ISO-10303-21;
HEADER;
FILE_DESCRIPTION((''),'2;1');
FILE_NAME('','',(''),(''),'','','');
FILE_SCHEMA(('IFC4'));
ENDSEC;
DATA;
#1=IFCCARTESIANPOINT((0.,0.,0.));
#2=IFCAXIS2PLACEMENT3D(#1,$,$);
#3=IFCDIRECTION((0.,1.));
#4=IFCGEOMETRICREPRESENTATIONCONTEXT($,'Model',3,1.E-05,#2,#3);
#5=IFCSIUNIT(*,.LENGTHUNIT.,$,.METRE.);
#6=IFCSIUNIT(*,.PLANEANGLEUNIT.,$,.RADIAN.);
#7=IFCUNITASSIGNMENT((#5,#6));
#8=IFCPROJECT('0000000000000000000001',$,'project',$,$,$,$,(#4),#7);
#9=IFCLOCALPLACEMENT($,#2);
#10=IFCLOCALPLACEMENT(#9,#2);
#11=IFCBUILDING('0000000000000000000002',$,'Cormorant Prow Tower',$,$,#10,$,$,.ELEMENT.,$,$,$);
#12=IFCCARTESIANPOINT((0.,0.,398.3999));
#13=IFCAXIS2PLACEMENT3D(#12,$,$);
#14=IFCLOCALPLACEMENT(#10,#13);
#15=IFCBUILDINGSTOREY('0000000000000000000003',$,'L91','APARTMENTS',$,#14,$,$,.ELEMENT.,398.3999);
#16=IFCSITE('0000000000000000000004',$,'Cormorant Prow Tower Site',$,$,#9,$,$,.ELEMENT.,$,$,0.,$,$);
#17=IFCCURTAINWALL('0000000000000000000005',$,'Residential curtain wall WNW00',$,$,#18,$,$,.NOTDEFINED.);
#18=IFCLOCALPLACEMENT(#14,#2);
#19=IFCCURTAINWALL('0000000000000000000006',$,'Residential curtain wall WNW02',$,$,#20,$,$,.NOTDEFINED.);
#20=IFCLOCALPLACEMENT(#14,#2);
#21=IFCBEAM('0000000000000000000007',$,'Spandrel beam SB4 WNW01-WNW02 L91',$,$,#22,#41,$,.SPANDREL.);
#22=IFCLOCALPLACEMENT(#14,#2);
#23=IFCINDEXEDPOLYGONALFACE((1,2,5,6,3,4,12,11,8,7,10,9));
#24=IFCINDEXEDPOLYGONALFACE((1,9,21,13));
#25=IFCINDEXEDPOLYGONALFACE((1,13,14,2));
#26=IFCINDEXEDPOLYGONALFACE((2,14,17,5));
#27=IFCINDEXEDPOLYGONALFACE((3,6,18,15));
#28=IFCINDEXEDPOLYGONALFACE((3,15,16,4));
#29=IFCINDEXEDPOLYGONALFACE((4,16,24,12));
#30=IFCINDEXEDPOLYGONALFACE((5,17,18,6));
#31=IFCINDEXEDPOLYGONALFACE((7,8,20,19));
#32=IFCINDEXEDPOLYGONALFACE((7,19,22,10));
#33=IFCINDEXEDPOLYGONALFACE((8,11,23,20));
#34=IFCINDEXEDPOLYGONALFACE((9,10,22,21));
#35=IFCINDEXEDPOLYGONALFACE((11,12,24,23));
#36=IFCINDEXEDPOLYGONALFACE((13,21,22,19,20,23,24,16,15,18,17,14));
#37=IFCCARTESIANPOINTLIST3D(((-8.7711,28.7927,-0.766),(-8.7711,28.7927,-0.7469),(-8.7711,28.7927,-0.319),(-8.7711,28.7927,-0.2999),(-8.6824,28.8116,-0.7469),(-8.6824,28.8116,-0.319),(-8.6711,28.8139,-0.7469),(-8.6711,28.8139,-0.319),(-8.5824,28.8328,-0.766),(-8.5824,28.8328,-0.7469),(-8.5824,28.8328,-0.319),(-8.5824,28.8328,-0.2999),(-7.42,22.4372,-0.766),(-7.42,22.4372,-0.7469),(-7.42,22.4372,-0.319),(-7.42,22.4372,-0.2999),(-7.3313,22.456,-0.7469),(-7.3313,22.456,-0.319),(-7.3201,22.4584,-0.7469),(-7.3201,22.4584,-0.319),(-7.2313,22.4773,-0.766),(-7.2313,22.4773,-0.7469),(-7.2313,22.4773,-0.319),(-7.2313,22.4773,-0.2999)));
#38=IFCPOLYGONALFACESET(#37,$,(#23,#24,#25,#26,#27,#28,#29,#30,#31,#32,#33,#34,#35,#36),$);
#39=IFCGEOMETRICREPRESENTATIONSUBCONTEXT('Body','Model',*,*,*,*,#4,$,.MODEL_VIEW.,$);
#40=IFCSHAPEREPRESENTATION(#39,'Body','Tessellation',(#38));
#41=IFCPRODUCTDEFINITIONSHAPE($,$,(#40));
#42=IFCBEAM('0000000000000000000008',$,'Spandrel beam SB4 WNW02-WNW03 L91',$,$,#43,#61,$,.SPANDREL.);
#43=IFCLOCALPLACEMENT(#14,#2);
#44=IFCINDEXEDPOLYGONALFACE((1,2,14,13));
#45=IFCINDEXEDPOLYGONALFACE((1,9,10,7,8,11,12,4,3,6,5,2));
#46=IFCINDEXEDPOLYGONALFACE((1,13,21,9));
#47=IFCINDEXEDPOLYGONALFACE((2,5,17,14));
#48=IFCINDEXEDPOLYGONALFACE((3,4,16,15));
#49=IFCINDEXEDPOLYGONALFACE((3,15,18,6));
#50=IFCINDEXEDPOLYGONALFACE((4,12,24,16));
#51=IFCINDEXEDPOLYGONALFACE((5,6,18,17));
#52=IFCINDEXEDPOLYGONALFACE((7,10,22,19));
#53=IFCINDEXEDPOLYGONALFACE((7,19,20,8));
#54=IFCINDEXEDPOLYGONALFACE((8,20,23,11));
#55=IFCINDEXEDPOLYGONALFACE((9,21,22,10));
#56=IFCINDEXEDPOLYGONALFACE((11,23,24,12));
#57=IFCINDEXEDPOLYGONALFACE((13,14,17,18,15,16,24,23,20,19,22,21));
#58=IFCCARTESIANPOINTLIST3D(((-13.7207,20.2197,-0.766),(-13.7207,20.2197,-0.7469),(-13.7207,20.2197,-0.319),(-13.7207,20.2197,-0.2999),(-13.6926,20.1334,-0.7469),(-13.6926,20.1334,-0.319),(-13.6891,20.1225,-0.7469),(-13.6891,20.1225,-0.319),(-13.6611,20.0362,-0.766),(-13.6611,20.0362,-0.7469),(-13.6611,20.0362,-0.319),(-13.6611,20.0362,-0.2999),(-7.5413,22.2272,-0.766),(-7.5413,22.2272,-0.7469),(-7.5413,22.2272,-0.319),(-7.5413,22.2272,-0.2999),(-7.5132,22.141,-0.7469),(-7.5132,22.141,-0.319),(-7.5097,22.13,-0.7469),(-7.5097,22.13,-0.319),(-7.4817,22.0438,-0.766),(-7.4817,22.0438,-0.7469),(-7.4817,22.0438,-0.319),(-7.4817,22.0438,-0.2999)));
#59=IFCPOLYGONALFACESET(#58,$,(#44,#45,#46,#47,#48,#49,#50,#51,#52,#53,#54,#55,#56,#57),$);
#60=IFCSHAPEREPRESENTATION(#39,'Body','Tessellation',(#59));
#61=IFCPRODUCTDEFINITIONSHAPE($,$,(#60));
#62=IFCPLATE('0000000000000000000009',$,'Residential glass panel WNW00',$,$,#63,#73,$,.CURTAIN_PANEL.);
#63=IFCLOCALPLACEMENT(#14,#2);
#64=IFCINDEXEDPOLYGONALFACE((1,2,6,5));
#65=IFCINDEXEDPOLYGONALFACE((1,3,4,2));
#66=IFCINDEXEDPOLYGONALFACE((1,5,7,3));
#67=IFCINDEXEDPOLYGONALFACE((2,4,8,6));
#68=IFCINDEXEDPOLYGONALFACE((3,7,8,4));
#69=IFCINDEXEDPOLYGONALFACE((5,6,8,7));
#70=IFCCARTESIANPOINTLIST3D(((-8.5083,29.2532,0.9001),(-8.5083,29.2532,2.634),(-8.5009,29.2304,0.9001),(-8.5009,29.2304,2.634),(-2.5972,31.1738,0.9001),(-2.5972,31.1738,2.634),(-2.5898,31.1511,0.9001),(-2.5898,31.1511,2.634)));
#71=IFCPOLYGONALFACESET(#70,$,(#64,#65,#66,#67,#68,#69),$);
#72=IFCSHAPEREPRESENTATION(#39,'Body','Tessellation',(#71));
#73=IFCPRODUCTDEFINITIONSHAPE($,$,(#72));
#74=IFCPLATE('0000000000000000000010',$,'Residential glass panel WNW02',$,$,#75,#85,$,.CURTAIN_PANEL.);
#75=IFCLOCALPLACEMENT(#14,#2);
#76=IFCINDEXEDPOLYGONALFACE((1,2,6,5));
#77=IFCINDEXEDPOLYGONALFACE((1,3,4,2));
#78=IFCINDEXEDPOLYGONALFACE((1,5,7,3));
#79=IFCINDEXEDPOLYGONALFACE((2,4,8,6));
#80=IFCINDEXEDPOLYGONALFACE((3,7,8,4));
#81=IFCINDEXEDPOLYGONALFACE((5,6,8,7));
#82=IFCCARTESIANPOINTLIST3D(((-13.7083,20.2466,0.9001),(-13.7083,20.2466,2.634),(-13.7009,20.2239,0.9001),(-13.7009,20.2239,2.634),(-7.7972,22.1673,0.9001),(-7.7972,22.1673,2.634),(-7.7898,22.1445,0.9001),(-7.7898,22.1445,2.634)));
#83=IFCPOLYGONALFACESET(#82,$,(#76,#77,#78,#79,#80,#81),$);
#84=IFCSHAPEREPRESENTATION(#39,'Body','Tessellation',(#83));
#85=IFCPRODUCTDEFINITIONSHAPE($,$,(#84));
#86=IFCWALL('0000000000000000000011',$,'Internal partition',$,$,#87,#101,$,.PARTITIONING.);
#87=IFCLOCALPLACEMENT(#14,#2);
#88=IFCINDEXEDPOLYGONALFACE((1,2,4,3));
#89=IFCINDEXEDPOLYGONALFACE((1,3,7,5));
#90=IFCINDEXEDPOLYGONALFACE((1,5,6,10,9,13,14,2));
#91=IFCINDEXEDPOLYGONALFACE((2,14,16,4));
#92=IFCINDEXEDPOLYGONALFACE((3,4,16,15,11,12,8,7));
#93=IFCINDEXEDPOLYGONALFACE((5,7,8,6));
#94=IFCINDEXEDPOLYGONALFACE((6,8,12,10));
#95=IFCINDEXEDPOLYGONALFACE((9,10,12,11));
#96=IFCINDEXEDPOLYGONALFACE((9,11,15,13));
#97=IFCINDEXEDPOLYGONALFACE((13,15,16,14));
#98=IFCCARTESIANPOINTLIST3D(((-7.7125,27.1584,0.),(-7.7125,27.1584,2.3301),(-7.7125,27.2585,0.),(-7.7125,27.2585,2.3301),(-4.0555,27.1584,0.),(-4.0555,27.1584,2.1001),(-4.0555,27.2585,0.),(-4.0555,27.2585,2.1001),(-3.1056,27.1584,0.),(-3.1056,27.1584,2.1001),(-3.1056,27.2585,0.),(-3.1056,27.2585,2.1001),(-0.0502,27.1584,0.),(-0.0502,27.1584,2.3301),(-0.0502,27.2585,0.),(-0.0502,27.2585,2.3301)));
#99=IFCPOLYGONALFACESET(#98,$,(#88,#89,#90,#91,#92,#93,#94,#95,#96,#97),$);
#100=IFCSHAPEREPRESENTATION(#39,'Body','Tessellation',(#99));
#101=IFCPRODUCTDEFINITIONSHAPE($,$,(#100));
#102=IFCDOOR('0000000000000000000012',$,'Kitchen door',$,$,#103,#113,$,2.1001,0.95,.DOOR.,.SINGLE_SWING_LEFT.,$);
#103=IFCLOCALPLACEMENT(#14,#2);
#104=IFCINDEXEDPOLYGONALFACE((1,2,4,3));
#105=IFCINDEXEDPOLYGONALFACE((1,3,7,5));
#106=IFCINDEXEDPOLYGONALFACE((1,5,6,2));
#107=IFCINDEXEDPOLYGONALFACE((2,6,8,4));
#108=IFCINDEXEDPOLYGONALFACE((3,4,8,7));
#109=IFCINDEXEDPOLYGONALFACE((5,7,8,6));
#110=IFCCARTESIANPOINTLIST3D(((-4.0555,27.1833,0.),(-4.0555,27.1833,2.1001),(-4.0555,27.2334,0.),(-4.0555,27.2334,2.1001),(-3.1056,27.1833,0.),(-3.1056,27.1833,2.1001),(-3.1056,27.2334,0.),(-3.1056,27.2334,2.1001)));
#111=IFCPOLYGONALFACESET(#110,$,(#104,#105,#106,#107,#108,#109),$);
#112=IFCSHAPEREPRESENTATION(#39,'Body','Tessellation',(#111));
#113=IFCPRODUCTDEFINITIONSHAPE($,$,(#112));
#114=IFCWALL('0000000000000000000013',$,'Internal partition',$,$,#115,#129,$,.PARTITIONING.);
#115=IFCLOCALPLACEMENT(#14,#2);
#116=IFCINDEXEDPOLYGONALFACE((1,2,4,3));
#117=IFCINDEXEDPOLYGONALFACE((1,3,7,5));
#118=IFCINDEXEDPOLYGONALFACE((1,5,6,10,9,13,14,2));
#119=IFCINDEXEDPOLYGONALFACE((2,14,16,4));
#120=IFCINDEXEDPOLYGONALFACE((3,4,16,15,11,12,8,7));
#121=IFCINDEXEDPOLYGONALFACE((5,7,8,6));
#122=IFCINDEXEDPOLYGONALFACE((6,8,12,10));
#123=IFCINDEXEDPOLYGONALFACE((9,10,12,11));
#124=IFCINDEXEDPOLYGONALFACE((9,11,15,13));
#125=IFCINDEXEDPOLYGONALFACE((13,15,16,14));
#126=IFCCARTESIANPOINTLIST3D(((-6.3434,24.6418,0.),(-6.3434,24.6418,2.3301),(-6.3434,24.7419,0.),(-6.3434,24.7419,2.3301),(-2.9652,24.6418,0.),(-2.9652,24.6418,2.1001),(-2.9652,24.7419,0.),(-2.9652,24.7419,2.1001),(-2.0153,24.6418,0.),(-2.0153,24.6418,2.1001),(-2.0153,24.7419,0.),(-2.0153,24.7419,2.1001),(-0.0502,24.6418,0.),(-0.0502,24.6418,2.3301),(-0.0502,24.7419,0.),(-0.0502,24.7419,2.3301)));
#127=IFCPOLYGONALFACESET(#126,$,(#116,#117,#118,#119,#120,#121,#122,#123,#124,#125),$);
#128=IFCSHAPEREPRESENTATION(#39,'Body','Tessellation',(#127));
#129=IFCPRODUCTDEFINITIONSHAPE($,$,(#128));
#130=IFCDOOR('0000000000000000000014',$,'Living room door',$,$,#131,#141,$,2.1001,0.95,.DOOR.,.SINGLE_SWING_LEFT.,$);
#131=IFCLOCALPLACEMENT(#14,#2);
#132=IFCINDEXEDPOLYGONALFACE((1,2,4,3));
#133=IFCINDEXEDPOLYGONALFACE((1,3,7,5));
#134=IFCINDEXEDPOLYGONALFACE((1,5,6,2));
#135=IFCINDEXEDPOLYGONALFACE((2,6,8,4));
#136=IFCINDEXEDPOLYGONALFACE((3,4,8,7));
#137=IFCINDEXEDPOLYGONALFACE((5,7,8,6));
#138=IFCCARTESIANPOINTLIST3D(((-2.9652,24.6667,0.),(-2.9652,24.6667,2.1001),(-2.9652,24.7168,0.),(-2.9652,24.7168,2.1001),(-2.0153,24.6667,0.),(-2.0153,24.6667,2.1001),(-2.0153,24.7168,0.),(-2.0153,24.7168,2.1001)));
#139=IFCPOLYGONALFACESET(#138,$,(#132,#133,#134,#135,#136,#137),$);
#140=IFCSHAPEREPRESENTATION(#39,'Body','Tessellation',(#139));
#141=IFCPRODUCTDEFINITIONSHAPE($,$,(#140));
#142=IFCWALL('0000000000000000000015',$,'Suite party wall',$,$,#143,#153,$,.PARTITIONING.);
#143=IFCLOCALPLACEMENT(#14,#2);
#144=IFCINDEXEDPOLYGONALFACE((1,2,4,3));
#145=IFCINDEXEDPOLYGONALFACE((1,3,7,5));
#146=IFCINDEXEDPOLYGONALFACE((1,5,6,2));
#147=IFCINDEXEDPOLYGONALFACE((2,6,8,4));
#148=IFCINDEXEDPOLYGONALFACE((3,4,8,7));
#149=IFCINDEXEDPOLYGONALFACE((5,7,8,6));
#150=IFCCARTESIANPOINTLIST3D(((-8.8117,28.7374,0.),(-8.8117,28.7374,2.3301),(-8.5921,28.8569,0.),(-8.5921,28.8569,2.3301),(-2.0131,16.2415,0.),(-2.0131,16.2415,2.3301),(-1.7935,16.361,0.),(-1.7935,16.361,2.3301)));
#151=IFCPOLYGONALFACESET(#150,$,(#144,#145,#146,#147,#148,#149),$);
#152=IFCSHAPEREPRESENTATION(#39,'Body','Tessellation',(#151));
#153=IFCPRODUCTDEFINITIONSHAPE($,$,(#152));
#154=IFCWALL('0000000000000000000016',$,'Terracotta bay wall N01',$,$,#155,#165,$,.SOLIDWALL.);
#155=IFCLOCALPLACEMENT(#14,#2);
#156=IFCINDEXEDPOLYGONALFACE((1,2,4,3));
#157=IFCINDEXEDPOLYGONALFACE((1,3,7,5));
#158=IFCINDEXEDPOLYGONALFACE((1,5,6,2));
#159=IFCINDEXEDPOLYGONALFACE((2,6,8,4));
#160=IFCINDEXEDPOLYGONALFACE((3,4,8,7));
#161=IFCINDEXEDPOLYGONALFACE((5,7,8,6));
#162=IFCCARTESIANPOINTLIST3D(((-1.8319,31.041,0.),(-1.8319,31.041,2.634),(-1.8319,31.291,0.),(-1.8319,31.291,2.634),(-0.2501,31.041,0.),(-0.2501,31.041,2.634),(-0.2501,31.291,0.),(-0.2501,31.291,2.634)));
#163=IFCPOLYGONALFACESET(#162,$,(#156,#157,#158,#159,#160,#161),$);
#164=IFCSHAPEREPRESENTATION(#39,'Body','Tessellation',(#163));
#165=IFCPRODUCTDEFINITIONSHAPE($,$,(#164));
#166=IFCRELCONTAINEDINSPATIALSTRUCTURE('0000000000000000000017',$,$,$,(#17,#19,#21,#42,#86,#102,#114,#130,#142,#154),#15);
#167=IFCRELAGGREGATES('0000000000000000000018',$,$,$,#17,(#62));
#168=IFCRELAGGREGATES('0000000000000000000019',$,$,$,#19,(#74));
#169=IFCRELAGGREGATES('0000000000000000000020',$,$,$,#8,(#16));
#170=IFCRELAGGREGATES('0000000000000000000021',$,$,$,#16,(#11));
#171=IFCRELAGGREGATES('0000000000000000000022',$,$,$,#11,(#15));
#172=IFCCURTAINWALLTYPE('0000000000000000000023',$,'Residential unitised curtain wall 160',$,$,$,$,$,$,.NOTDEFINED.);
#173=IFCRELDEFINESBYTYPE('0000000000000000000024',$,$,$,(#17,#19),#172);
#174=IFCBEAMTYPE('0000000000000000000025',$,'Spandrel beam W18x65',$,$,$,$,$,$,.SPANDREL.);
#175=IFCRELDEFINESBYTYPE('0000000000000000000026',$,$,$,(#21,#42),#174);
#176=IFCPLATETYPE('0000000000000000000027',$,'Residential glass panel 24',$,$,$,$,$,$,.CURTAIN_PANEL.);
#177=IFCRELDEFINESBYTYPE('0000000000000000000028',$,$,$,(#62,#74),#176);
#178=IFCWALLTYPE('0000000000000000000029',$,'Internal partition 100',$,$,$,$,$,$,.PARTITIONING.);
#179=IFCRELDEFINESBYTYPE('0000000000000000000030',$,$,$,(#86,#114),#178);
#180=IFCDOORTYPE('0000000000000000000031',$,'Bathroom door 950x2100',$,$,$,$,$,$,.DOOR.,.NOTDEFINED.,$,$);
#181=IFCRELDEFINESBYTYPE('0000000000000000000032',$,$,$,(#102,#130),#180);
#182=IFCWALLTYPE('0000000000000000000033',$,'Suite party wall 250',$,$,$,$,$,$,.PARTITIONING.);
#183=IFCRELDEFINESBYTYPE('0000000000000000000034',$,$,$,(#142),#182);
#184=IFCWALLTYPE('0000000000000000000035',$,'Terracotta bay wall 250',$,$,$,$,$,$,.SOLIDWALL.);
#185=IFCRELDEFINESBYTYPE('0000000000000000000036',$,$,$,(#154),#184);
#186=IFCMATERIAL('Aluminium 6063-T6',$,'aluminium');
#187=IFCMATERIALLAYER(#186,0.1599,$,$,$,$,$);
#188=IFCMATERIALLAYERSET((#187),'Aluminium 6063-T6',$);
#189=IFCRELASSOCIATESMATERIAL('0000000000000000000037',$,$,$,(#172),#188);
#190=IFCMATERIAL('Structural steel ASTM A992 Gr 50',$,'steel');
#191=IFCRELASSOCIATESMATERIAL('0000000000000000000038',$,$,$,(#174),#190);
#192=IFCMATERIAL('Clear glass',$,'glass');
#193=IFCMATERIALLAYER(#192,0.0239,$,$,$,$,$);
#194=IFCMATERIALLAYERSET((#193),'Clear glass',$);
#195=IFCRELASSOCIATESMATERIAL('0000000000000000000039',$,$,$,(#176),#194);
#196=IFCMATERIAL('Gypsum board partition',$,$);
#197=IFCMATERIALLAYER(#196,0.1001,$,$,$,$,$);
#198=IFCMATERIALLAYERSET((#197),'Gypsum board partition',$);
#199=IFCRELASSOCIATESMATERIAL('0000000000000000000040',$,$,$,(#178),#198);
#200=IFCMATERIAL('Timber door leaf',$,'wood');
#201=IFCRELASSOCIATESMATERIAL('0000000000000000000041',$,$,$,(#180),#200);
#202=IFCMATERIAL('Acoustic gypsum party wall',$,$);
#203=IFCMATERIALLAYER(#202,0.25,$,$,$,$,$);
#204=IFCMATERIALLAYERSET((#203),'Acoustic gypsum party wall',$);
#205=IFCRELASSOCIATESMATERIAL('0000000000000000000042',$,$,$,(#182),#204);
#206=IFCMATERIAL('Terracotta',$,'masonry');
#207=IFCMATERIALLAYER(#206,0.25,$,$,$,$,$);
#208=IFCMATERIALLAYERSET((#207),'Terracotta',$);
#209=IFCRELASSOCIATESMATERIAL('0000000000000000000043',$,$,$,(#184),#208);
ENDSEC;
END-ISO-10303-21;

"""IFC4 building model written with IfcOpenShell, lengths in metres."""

from ifc_helpers import new_model, si_unit, direction, frame, frame_2d, origin, origin_2d, place, context, subcontext, project, spatial, rectangle, i_section, extrude, material, layer, layer_set, material_profile, profile_set, type_object, element, fill, aggregate, save


model = new_model("IFC4")

# Units and contexts
model_context = context("Model", 3, precision=1e-05, world=origin(), true_north=direction((0.0, 1.0)))
body_context = subcontext(model_context, "Body", "Model", "MODEL_VIEW")
ifc_project = project(units=[si_unit("LENGTHUNIT", "METRE"), si_unit("PLANEANGLEUNIT", "RADIAN")], contexts=[model_context])

# Site, building, storey
site_placement = place(None, origin())
site = spatial("IfcSite", under=ifc_project, at=site_placement, Name="Cormorant Prow Tower Site", CompositionType="ELEMENT", RefElevation=0.0)
building_placement = place(site_placement, origin())
building = spatial("IfcBuilding", under=site, at=building_placement, Name="Cormorant Prow Tower", CompositionType="ELEMENT")
storey_placement = place(building_placement, frame((0.0, 0.0, 398.3999)))
storey = spatial("IfcBuildingStorey", under=building, at=storey_placement, Name="L91", Description="APARTMENTS", CompositionType="ELEMENT", Elevation=398.3999)

# Curtain walls
ifc_material_1 = material(Name="Aluminium 6063-T6", Category="aluminium")
ifc_layer_1 = layer(ifc_material_1, 0.1599)
ifc_layer_set_1 = layer_set([ifc_layer_1], Name="Aluminium 6063-T6")
curtain_wall_type = type_object("IfcCurtainWallType", Name="Residential unitised curtain wall 160", PredefinedType="NOTDEFINED", material=ifc_layer_set_1)
curtain_wall_1_placement = place(storey_placement, origin())
curtain_wall_1 = element("IfcCurtainWall", 1, at=curtain_wall_1_placement, inside=storey, type_object=curtain_wall_type, Name="Residential curtain wall WNW00", PredefinedType="NOTDEFINED")
curtain_wall_2_placement = place(storey_placement, origin())
curtain_wall_2 = element("IfcCurtainWall", 2, at=curtain_wall_2_placement, inside=storey, type_object=curtain_wall_type, Name="Residential curtain wall WNW02", PredefinedType="NOTDEFINED")

# Beams
ifc_material_2 = material(Name="Structural steel ASTM A992 Gr 50", Category="steel")
ifc_material_profile_1 = material_profile(ifc_material_2, i_section(OverallWidth=0.1929, OverallDepth=0.4661, WebThickness=0.0115, FlangeThickness=0.019, at=origin_2d()), Name="W18x65")
ifc_profile_set_1 = profile_set([ifc_material_profile_1], Name="Structural steel ASTM A992 Gr 50")
beam_type = type_object("IfcBeamType", Name="Spandrel beam W18x65", PredefinedType="SPANDREL", material=ifc_profile_set_1)
for number, where, z_axis, x_axis, name in (
    (3, (-8.6768, 28.8127, -0.533), (0.207938, -0.978142, 0.0), (0.978142, 0.207938, 0.0), "Spandrel beam SB4 WNW01-WNW02 L91"),
):
    element("IfcBeam", number, at=place(storey_placement, frame(where, z_axis=z_axis, x_axis=x_axis)), inside=storey, type_object=beam_type, Name=name, PredefinedType="SPANDREL", context=body_context, shape_type="SweptSolid", body=[
        extrude(i_section(OverallWidth=0.1929, OverallDepth=0.4661, WebThickness=0.0115, FlangeThickness=0.019, at=origin_2d()), origin(), (0.0, 0.0, 1.0), 6.4976),
    ])
beam_1_placement = place(storey_placement, frame((-7.5115, 22.1355, -0.533), z_axis=(-0.951068, -0.308982, 0.0), x_axis=(0.308982, -0.951068, 0.0)))
element("IfcBeam", 4, at=beam_1_placement, inside=storey, type_object=beam_type, Name="Spandrel beam SB4 WNW02-WNW03 L91", PredefinedType="SPANDREL", context=body_context, shape_type="SweptSolid", body=[
    extrude(i_section(OverallWidth=0.1929, OverallDepth=0.4661, WebThickness=0.0115, FlangeThickness=0.019, at=origin_2d()), origin(), (0.0, 0.0, 1.0), 6.4973),
])

# Plates
ifc_material_3 = material(Name="Clear glass", Category="glass")
ifc_layer_2 = layer(ifc_material_3, 0.0239)
ifc_layer_set_2 = layer_set([ifc_layer_2], Name="Clear glass")
plate_type = type_object("IfcPlateType", Name="Residential glass panel 24", PredefinedType="CURTAIN_PANEL", material=ifc_layer_set_2)
plate_1_placement = place(storey_placement, frame((-5.5491, 30.2021, 0.9001), z_axis=(0.0, 0.0, 1.0), x_axis=(-0.951057, -0.309017, 0.0)))
plate_1 = element("IfcPlate", 5, at=plate_1_placement, type_object=plate_type, Name="Residential glass panel WNW00", PredefinedType="CURTAIN_PANEL", context=body_context, shape_type="SweptSolid", body=[
    extrude(rectangle(XDim=6.2153, YDim=0.0239, at=origin_2d()), origin(), (0.0, 0.0, 1.0), 1.7339),
])
aggregate(curtain_wall_1, [plate_1])
plate_2_placement = place(storey_placement, frame((-10.749, 21.1956, 0.9001), z_axis=(0.0, 0.0, 1.0), x_axis=(-0.951057, -0.309017, 0.0)))
plate_2 = element("IfcPlate", 6, at=plate_2_placement, type_object=plate_type, Name="Residential glass panel WNW02", PredefinedType="CURTAIN_PANEL", context=body_context, shape_type="SweptSolid", body=[
    extrude(rectangle(XDim=6.2153, YDim=0.0239, at=origin_2d()), origin(), (0.0, 0.0, 1.0), 1.7339),
])
aggregate(curtain_wall_2, [plate_2])

# Walls, openings, doors
ifc_material_4 = material(Name="Gypsum board partition")
ifc_layer_3 = layer(ifc_material_4, 0.1001)
ifc_layer_set_3 = layer_set([ifc_layer_3], Name="Gypsum board partition")
wall_type_1 = type_object("IfcWallType", Name="Internal partition 100", PredefinedType="PARTITIONING", material=ifc_layer_set_3)
wall_1_placement = place(storey_placement, frame((-7.7124, 27.2085, 0.0), z_axis=(0.0, 0.0, 1.0), x_axis=(1.0, 0.0, 0.0)))
wall_1 = element("IfcWall", 7, at=wall_1_placement, inside=storey, type_object=wall_type_1, Name="Internal partition", PredefinedType="PARTITIONING", context=body_context, shape_type="SweptSolid", body=[
    extrude(rectangle(XDim=7.6624, YDim=0.1001, at=frame_2d((3.8311, 0.0))), origin(), (0.0, 0.0, 1.0), 2.3301),
])
opening_1_placement = place(wall_1_placement, frame((3.6567, 0.0, 0.0)))
opening_1 = element("IfcOpeningElement", 8, at=opening_1_placement, cuts=wall_1, PredefinedType="OPENING", context=body_context, shape_type="SweptSolid", body=[
    extrude(rectangle(XDim=0.95, YDim=2.1001, at=frame_2d((0.4751, 1.05))), frame((0.0, 0.0601, 0.0), z_axis=(0.0, -1.0, 0.0), x_axis=(1.0, 0.0, 0.0)), (0.0, 0.0, 1.0), 0.1201),
])
ifc_material_5 = material(Name="Timber door leaf", Category="wood")
door_type_1 = type_object("IfcDoorType", Name="Bathroom door 950x2100", OperationType="NOTDEFINED", PredefinedType="DOOR", material=ifc_material_5)
door_1_placement = place(opening_1_placement, origin())
door_1 = element("IfcDoor", 9, at=door_1_placement, inside=storey, type_object=door_type_1, Name="Kitchen door", OperationType="SINGLE_SWING_LEFT", OverallHeight=2.1001, OverallWidth=0.95, PredefinedType="DOOR", context=body_context, shape_type="SweptSolid", body=[
    extrude(rectangle(XDim=0.95, YDim=2.1001, at=frame_2d((0.4751, 1.05))), frame((0.0, 0.0249, 0.0), z_axis=(0.0, -1.0, 0.0), x_axis=(1.0, 0.0, 0.0)), (0.0, 0.0, 1.0), 0.05),
])
fill(opening_1, door_1)
wall_2_placement = place(storey_placement, frame((-6.3433, 24.6919, 0.0), z_axis=(0.0, 0.0, 1.0), x_axis=(1.0, 0.0, 0.0)))
wall_2 = element("IfcWall", 10, at=wall_2_placement, inside=storey, type_object=wall_type_1, Name="Internal partition", PredefinedType="PARTITIONING", context=body_context, shape_type="SweptSolid", body=[
    extrude(rectangle(XDim=6.2932, YDim=0.1001, at=frame_2d((3.1465, 0.0))), origin(), (0.0, 0.0, 1.0), 2.3301),
])
opening_2_placement = place(wall_2_placement, frame((3.3779, 0.0, 0.0)))
opening_2 = element("IfcOpeningElement", 11, at=opening_2_placement, cuts=wall_2, PredefinedType="OPENING", context=body_context, shape_type="SweptSolid", body=[
    extrude(rectangle(XDim=0.95, YDim=2.1001, at=frame_2d((0.4751, 1.05))), frame((0.0, 0.0601, 0.0), z_axis=(0.0, -1.0, 0.0), x_axis=(1.0, 0.0, 0.0)), (0.0, 0.0, 1.0), 0.1201),
])
door_2_placement = place(opening_2_placement, origin())
door_2 = element("IfcDoor", 12, at=door_2_placement, inside=storey, type_object=door_type_1, Name="Living room door", OperationType="SINGLE_SWING_LEFT", OverallHeight=2.1001, OverallWidth=0.95, PredefinedType="DOOR", context=body_context, shape_type="SweptSolid", body=[
    extrude(rectangle(XDim=0.95, YDim=2.1001, at=frame_2d((0.4751, 1.05))), frame((0.0, 0.0249, 0.0), z_axis=(0.0, -1.0, 0.0), x_axis=(1.0, 0.0, 0.0)), (0.0, 0.0, 1.0), 0.05),
])
fill(opening_2, door_2)

# Walls
ifc_material_6 = material(Name="Acoustic gypsum party wall")
ifc_layer_4 = layer(ifc_material_6, 0.25)
ifc_layer_set_4 = layer_set([ifc_layer_4], Name="Acoustic gypsum party wall")
wall_type_2 = type_object("IfcWallType", Name="Suite party wall 250", PredefinedType="PARTITIONING", material=ifc_layer_set_4)
wall_3_placement = place(storey_placement, frame((-8.7019, 28.7971, 0.0), z_axis=(0.0, 0.0, 1.0), x_axis=(0.477913, -0.878407, 0.0)))
element("IfcWall", 13, at=wall_3_placement, inside=storey, type_object=wall_type_2, Name="Suite party wall", PredefinedType="PARTITIONING", context=body_context, shape_type="SweptSolid", body=[
    extrude(rectangle(XDim=14.2256, YDim=0.25, at=frame_2d((7.1128, 0.0))), origin(), (0.0, 0.0, 1.0), 2.3301),
])
ifc_material_7 = material(Name="Terracotta", Category="masonry")
ifc_layer_5 = layer(ifc_material_7, 0.25)
ifc_layer_set_5 = layer_set([ifc_layer_5], Name="Terracotta")
wall_type_3 = type_object("IfcWallType", Name="Terracotta bay wall 250", PredefinedType="SOLIDWALL", material=ifc_layer_set_5)
wall_4_placement = place(storey_placement, frame((-0.25, 31.166, 0.0), z_axis=(0.0, 0.0, 1.0), x_axis=(-1.0, 0.0, 0.0)))
element("IfcWall", 14, at=wall_4_placement, inside=storey, type_object=wall_type_3, Name="Terracotta bay wall N01", PredefinedType="SOLIDWALL", context=body_context, shape_type="SweptSolid", body=[
    extrude(rectangle(XDim=1.5818, YDim=0.25, at=frame_2d((0.791, 0.0))), origin(), (0.0, 0.0, 1.0), 2.634),
])

save(model, "model.ifc")
